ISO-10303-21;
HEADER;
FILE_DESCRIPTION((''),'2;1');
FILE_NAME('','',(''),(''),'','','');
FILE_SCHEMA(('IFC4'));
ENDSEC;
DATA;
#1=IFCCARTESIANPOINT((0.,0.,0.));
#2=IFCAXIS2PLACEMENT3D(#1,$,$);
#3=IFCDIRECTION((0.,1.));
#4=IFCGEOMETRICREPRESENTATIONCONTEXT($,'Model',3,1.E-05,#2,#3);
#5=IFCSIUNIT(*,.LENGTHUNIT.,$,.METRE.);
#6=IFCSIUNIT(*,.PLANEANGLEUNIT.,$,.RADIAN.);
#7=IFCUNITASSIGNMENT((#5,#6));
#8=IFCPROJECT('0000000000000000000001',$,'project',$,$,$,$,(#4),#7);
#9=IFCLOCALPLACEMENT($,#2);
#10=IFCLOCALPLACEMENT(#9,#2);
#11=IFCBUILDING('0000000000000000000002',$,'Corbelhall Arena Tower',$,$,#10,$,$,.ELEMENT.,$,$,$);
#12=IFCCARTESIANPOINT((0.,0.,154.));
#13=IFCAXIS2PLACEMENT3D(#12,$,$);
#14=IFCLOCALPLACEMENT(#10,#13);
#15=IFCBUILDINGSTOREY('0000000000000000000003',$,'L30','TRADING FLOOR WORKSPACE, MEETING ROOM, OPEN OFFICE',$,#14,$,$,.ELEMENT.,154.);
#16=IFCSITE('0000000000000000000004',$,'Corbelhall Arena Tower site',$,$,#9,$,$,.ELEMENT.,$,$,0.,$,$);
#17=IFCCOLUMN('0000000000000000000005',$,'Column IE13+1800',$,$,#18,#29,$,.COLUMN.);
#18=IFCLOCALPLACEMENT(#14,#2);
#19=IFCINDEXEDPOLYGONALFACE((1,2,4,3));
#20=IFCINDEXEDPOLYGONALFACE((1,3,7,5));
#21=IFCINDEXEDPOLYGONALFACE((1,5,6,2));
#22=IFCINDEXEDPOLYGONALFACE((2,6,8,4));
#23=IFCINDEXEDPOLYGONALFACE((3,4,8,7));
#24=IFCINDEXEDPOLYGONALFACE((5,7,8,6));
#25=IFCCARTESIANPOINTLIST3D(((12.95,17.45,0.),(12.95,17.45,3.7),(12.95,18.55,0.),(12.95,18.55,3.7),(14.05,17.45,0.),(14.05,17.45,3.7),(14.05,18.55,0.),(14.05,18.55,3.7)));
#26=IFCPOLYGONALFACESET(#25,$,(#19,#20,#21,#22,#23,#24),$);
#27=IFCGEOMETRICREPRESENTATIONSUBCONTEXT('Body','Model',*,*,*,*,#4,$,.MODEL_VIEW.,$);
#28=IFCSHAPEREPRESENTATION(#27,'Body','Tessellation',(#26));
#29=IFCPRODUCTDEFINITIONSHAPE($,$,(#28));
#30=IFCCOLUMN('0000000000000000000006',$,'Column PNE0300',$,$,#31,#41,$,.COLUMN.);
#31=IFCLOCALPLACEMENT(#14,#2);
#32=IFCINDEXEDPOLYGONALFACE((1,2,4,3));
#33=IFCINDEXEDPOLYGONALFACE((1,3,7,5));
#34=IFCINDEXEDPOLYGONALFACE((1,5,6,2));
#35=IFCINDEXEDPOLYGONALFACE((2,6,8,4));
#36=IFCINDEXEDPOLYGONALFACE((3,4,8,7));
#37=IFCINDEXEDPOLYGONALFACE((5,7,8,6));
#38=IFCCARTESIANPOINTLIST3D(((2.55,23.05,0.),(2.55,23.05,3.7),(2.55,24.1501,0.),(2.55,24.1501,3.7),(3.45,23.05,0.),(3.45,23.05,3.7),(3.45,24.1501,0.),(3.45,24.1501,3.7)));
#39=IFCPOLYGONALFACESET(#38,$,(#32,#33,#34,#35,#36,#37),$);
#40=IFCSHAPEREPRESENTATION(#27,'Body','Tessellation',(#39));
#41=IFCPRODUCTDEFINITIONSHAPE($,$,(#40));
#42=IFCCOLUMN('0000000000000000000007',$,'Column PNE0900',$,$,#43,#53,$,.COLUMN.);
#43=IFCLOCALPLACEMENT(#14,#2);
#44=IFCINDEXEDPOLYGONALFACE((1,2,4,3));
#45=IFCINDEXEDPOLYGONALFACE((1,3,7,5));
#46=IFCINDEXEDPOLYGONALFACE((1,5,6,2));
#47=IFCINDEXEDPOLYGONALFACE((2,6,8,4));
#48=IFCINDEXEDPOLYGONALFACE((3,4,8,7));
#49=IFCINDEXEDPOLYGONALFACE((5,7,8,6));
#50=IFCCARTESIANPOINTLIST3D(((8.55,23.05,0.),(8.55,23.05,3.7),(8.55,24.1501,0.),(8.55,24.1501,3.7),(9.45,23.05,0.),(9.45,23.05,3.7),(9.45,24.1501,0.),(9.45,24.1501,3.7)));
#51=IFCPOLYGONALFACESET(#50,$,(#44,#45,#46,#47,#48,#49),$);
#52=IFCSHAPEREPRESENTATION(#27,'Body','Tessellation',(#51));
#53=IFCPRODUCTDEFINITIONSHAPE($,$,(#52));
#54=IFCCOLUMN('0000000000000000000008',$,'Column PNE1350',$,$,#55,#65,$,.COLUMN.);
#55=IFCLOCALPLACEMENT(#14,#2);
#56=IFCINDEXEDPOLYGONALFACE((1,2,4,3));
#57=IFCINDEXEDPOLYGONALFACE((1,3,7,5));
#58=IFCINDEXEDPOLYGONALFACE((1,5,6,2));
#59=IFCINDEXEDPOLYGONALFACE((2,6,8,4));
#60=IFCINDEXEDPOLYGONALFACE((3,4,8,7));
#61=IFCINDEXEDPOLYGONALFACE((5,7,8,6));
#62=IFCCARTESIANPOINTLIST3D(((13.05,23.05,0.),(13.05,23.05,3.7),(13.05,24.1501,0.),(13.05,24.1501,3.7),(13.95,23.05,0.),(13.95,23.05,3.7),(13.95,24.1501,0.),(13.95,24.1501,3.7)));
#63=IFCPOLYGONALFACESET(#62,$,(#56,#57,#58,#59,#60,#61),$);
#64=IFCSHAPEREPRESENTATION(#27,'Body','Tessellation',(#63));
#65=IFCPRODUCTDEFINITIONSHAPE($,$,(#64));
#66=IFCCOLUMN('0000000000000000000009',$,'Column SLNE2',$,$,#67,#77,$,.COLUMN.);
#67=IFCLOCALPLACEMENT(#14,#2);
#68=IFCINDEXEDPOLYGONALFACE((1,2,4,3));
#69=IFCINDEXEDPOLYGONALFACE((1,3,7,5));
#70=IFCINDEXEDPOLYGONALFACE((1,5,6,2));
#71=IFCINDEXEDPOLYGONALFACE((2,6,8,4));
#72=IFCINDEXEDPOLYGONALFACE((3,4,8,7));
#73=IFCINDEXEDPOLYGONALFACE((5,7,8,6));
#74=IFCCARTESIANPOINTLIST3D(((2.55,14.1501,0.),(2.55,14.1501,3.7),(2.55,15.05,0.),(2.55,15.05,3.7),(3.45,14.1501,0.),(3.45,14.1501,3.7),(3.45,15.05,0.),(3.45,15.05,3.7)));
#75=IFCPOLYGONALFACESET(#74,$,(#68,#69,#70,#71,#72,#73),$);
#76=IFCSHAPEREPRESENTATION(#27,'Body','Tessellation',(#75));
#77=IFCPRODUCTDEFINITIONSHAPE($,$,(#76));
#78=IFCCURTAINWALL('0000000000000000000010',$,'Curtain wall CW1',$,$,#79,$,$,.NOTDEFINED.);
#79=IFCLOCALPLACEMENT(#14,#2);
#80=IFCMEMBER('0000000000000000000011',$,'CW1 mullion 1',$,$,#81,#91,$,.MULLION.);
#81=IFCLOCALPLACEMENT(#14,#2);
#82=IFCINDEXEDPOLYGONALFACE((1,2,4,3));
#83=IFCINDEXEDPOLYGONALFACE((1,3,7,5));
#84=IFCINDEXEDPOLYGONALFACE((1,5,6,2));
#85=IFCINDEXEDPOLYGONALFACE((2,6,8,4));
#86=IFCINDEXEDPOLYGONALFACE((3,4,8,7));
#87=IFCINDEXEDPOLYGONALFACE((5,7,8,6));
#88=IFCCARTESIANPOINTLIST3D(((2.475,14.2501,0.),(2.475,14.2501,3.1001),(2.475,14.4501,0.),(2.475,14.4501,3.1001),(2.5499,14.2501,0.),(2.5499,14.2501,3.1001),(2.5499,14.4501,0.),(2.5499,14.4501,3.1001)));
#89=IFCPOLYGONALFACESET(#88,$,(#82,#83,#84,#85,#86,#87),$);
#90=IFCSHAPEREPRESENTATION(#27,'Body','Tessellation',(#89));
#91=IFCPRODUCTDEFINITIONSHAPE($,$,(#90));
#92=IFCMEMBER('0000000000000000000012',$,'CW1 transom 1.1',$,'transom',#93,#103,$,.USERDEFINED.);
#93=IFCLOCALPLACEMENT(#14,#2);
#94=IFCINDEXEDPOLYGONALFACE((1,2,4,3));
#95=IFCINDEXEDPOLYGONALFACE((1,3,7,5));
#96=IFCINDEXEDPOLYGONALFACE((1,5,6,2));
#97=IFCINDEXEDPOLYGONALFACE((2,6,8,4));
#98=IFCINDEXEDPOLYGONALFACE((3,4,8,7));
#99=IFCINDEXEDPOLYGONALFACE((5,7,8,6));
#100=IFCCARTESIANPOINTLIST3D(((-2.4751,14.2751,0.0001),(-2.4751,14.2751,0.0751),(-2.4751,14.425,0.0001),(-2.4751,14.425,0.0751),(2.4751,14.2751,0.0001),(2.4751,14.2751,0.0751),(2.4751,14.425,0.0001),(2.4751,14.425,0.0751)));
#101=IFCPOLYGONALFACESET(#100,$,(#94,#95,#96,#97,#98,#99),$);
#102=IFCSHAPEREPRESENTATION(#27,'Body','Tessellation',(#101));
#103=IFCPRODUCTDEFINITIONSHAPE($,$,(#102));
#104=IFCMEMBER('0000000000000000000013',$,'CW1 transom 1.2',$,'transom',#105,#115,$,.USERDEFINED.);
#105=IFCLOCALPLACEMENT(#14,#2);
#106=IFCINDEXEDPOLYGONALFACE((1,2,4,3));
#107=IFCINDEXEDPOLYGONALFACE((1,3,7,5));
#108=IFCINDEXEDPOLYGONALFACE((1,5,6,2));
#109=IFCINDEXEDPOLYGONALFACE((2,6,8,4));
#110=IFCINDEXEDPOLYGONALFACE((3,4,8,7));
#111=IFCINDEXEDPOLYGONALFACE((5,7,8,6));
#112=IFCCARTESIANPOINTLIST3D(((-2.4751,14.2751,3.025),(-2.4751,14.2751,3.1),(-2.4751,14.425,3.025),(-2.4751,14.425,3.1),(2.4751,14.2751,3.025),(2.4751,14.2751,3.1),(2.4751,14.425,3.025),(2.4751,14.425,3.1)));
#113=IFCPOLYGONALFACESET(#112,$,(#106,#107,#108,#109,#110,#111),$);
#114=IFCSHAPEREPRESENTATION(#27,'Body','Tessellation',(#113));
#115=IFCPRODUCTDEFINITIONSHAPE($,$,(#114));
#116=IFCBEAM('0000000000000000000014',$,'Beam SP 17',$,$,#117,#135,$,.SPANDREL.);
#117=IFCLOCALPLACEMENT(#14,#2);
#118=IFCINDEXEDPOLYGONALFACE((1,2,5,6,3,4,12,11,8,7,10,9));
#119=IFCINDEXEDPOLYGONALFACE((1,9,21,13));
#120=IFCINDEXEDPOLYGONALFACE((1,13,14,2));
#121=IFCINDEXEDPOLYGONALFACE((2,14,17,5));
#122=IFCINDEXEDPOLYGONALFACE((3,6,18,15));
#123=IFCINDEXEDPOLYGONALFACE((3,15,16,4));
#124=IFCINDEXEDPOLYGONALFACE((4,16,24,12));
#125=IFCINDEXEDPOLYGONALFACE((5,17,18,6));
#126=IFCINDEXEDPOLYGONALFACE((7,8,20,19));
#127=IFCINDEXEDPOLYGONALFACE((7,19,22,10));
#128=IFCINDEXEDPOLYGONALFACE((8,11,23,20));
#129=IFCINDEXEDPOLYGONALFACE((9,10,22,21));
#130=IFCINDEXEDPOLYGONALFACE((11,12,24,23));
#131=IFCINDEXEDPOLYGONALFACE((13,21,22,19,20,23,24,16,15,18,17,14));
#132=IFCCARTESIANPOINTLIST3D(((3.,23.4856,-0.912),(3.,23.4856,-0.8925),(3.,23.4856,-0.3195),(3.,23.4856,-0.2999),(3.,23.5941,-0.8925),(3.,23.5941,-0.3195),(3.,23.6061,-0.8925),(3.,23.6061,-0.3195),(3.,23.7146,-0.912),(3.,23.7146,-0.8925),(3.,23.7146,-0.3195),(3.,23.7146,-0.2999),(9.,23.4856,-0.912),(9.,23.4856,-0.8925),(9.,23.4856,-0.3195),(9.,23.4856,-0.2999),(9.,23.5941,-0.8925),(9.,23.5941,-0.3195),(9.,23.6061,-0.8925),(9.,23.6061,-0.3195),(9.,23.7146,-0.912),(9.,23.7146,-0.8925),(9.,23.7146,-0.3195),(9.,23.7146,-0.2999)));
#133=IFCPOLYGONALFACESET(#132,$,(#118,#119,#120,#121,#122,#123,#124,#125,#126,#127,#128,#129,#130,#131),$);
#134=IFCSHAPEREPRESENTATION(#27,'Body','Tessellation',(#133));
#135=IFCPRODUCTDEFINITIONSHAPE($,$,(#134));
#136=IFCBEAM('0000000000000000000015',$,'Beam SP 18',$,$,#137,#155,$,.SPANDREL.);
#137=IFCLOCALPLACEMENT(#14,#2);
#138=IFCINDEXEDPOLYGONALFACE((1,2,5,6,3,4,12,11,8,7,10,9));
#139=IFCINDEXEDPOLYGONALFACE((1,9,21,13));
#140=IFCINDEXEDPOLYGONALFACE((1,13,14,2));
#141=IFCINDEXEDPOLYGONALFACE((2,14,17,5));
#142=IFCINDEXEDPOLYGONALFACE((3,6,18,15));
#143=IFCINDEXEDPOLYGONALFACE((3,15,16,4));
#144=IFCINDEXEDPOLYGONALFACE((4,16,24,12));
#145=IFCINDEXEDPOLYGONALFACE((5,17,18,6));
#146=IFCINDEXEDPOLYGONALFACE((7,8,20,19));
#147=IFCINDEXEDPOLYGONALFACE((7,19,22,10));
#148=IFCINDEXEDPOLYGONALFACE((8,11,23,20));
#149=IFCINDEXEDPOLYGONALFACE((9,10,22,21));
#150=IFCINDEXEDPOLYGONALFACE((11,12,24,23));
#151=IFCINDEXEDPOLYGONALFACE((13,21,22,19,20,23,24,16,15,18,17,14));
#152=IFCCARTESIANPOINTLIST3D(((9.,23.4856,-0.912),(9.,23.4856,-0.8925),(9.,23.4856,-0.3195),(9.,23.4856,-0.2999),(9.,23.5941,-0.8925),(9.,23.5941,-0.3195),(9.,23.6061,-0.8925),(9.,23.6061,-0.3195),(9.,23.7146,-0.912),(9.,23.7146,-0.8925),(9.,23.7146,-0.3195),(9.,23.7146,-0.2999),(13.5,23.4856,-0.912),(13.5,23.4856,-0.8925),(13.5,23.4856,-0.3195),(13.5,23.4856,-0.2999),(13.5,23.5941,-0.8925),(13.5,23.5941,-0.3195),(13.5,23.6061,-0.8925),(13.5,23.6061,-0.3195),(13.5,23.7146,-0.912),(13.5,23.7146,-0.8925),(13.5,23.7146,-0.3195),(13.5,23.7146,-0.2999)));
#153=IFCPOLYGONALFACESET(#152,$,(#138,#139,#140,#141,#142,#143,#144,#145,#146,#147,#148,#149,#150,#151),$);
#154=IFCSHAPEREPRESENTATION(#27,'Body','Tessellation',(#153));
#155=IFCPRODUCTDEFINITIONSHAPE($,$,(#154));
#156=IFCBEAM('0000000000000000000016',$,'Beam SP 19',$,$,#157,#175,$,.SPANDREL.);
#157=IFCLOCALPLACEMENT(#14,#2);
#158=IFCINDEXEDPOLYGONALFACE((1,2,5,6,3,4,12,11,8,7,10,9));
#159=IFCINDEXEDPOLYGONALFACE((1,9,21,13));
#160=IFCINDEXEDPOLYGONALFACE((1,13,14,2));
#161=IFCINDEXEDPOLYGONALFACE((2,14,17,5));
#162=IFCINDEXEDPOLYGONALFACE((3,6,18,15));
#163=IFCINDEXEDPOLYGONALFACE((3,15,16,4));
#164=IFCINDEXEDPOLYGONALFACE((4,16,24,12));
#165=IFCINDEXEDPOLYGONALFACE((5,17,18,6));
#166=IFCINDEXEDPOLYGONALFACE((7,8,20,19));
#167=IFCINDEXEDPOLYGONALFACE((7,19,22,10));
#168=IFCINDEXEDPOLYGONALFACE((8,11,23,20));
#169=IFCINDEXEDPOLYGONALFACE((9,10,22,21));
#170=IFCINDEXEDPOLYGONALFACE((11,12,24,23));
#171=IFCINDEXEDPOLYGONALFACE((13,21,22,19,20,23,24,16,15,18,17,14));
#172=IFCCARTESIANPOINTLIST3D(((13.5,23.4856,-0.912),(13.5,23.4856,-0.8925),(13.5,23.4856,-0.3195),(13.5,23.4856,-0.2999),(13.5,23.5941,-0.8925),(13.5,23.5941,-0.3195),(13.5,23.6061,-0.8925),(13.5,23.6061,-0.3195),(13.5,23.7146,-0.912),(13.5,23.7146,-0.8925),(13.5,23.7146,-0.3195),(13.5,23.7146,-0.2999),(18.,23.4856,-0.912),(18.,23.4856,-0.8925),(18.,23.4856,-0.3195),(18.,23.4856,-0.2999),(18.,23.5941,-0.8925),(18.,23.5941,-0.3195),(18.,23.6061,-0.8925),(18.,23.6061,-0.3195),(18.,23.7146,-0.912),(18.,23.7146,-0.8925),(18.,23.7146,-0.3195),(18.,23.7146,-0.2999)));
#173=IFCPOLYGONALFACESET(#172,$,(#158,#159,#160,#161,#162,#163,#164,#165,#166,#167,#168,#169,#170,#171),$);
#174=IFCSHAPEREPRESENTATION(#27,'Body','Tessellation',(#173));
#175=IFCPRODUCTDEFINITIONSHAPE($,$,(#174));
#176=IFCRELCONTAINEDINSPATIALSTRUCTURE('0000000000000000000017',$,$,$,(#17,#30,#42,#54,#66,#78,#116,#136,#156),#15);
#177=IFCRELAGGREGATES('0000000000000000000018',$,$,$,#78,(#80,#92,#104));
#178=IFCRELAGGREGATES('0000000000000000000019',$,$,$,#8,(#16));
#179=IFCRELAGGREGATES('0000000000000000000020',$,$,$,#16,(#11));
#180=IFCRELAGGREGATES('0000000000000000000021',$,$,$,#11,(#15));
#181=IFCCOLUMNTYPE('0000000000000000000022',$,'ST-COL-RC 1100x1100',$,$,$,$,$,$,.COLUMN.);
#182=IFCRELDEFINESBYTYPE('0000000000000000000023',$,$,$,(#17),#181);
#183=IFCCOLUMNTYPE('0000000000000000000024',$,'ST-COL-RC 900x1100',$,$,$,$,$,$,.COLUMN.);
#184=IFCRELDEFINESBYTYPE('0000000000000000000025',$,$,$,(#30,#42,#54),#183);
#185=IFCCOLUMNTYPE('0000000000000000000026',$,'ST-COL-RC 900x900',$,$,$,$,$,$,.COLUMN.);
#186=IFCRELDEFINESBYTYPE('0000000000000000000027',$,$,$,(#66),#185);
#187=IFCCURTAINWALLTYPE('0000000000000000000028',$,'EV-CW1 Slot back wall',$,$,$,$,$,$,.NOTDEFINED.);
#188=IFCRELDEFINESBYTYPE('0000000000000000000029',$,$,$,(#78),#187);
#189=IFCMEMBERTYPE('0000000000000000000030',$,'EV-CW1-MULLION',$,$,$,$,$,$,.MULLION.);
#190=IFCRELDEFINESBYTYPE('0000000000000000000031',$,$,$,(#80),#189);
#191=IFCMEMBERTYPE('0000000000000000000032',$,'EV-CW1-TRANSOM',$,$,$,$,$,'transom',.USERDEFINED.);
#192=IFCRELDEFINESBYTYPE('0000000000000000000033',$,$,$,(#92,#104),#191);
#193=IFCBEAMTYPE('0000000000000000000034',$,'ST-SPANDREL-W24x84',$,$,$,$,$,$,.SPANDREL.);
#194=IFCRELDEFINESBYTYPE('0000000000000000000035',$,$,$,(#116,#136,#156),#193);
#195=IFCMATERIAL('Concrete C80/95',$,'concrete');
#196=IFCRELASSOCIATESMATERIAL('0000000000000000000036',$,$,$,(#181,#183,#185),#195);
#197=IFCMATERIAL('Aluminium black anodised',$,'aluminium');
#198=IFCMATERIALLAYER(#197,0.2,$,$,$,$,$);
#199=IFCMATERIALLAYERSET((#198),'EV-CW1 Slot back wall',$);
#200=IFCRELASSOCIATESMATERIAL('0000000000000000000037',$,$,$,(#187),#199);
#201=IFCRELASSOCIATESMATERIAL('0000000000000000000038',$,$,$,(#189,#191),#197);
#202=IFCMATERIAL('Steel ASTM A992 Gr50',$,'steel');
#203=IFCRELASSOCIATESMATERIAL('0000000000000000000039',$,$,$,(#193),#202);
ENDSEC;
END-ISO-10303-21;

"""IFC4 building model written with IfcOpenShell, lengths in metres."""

from ifc_helpers import new_model, si_unit, direction, frame, origin, origin_2d, place, context, subcontext, project, spatial, rectangle, i_section, extrude, material, layer, layer_set, material_profile, profile_set, type_object, element, aggregate, save


model = new_model("IFC4")

# Units and contexts
model_context = context("Model", 3, precision=1e-05, world=origin(), true_north=direction((0.0, 1.0)))
body_context = subcontext(model_context, "Body", "Model", "MODEL_VIEW")
ifc_project = project(units=[si_unit("LENGTHUNIT", "METRE"), si_unit("PLANEANGLEUNIT", "RADIAN")], contexts=[model_context])

# Site, building, storey
site_placement = place(None, origin())
site = spatial("IfcSite", under=ifc_project, at=site_placement, Name="Corbelhall Arena Tower site", CompositionType="ELEMENT", RefElevation=0.0)
building_placement = place(site_placement, origin())
building = spatial("IfcBuilding", under=site, at=building_placement, Name="Corbelhall Arena Tower", CompositionType="ELEMENT")
storey_placement = place(building_placement, frame((0.0, 0.0, 154.0)))
storey = spatial("IfcBuildingStorey", under=building, at=storey_placement, Name="L30", Description="TRADING FLOOR WORKSPACE, MEETING ROOM, OPEN OFFICE", CompositionType="ELEMENT", Elevation=154.0)

# Columns
ifc_material_1 = material(Name="Concrete C80/95", Category="concrete")
ifc_material_profile_1 = material_profile(ifc_material_1, rectangle(XDim=1.1001, YDim=1.1001, at=origin_2d()))
ifc_profile_set_1 = profile_set([ifc_material_profile_1], Name="Concrete C80/95")
column_type_1 = type_object("IfcColumnType", Name="ST-COL-RC 1100x1100", PredefinedType="COLUMN", material=ifc_profile_set_1)
column_1_placement = place(storey_placement, frame((13.5, 18.0, 0.0), z_axis=(0.0, 0.0, 1.0), x_axis=(1.0, 0.0, 0.0)))
element("IfcColumn", 1, at=column_1_placement, inside=storey, type_object=column_type_1, Name="Column IE13+1800", PredefinedType="COLUMN", context=body_context, shape_type="SweptSolid", body=[
    extrude(rectangle(XDim=1.1001, YDim=1.1001, at=origin_2d()), origin(), (0.0, 0.0, 1.0), 3.7),
])
ifc_material_profile_2 = material_profile(ifc_material_1, rectangle(XDim=0.8999, YDim=1.1001, at=origin_2d()))
ifc_profile_set_2 = profile_set([ifc_material_profile_2], Name="Concrete C80/95")
column_type_2 = type_object("IfcColumnType", Name="ST-COL-RC 900x1100", PredefinedType="COLUMN", material=ifc_profile_set_2)
for number, where, z_axis, x_axis, name in (
    (2, (3.0, 23.6001, 0.0), (0.0, 0.0, 1.0), (1.0, 0.0, 0.0), "Column PNE0300"),
    (3, (9.0, 23.6001, 0.0), (0.0, 0.0, 1.0), (1.0, 0.0, 0.0), "Column PNE0900"),
    (4, (13.5, 23.6001, 0.0), (0.0, 0.0, 1.0), (1.0, 0.0, 0.0), "Column PNE1350"),
):
    element("IfcColumn", number, at=place(storey_placement, frame(where, z_axis=z_axis, x_axis=x_axis)), inside=storey, type_object=column_type_2, Name=name, PredefinedType="COLUMN", context=body_context, shape_type="SweptSolid", body=[
        extrude(rectangle(XDim=0.8999, YDim=1.1001, at=origin_2d()), origin(), (0.0, 0.0, 1.0), 3.7),
    ])
ifc_material_profile_3 = material_profile(ifc_material_1, rectangle(XDim=0.8999, YDim=0.8999, at=origin_2d()))
ifc_profile_set_3 = profile_set([ifc_material_profile_3], Name="Concrete C80/95")
column_type_3 = type_object("IfcColumnType", Name="ST-COL-RC 900x900", PredefinedType="COLUMN", material=ifc_profile_set_3)
column_2_placement = place(storey_placement, frame((3.0, 14.6001, 0.0), z_axis=(0.0, 0.0, 1.0), x_axis=(1.0, 0.0, 0.0)))
element("IfcColumn", 5, at=column_2_placement, inside=storey, type_object=column_type_3, Name="Column SLNE2", PredefinedType="COLUMN", context=body_context, shape_type="SweptSolid", body=[
    extrude(rectangle(XDim=0.8999, YDim=0.8999, at=origin_2d()), origin(), (0.0, 0.0, 1.0), 3.7),
])

# Curtain wall, members
ifc_material_2 = material(Name="Aluminium black anodised", Category="aluminium")
ifc_layer_1 = layer(ifc_material_2, 0.2)
ifc_layer_set_1 = layer_set([ifc_layer_1], Name="EV-CW1 Slot back wall")
curtain_wall_type = type_object("IfcCurtainWallType", Name="EV-CW1 Slot back wall", PredefinedType="NOTDEFINED", material=ifc_layer_set_1)
curtain_wall_placement = place(storey_placement, origin())
curtain_wall = element("IfcCurtainWall", 6, at=curtain_wall_placement, inside=storey, type_object=curtain_wall_type, Name="Curtain wall CW1", PredefinedType="NOTDEFINED")
ifc_material_profile_4 = material_profile(ifc_material_2, rectangle(XDim=0.2, YDim=0.075, at=origin_2d()))
ifc_profile_set_4 = profile_set([ifc_material_profile_4], Name="Aluminium black anodised")
member_type_1 = type_object("IfcMemberType", Name="EV-CW1-MULLION", PredefinedType="MULLION", material=ifc_profile_set_4)
member_1_placement = place(storey_placement, frame((2.5125, 14.3501, 0.0), z_axis=(0.0, 0.0, 1.0), x_axis=(0.0, -1.0, 0.0)))
member_1 = element("IfcMember", 7, at=member_1_placement, type_object=member_type_1, Name="CW1 mullion 1", PredefinedType="MULLION", context=body_context, shape_type="SweptSolid", body=[
    extrude(rectangle(XDim=0.2, YDim=0.075, at=origin_2d()), origin(), (0.0, 0.0, 1.0), 3.1001),
])
ifc_material_profile_5 = material_profile(ifc_material_2, rectangle(XDim=0.1499, YDim=0.075, at=origin_2d()))
ifc_profile_set_5 = profile_set([ifc_material_profile_5], Name="Aluminium black anodised")
member_type_2 = type_object("IfcMemberType", Name="EV-CW1-TRANSOM", ElementType="transom", PredefinedType="USERDEFINED", material=ifc_profile_set_5)
member_2_placement = place(storey_placement, frame((2.4751, 14.3501, 0.0376), z_axis=(-1.0, 0.0, 0.0), x_axis=(0.0, -1.0, 0.0)))
member_2 = element("IfcMember", 8, at=member_2_placement, type_object=member_type_2, Name="CW1 transom 1.1", ObjectType="transom", PredefinedType="USERDEFINED", context=body_context, shape_type="SweptSolid", body=[
    extrude(rectangle(XDim=0.1499, YDim=0.075, at=origin_2d()), origin(), (0.0, 0.0, 1.0), 4.9502),
])
member_3_placement = place(storey_placement, frame((2.4751, 14.3501, 3.0625), z_axis=(-1.0, 0.0, 0.0), x_axis=(0.0, -1.0, 0.0)))
member_3 = element("IfcMember", 9, at=member_3_placement, type_object=member_type_2, Name="CW1 transom 1.2", ObjectType="transom", PredefinedType="USERDEFINED", context=body_context, shape_type="SweptSolid", body=[
    extrude(rectangle(XDim=0.1499, YDim=0.075, at=origin_2d()), origin(), (0.0, 0.0, 1.0), 4.9502),
])

# Beams
ifc_material_3 = material(Name="Steel ASTM A992 Gr50", Category="steel")
ifc_material_profile_6 = material_profile(ifc_material_3, i_section(OverallWidth=0.229, OverallDepth=0.6121, WebThickness=0.012, FlangeThickness=0.0195, at=origin_2d()))
ifc_profile_set_6 = profile_set([ifc_material_profile_6], Name="Steel ASTM A992 Gr50")
beam_type_1 = type_object("IfcBeamType", Name="ST-SPANDREL-W24x84", PredefinedType="SPANDREL", material=ifc_profile_set_6)
beam_1_placement = place(storey_placement, frame((3.0, 23.6001, -0.606), z_axis=(1.0, 0.0, 0.0), x_axis=(0.0, 1.0, 0.0)))
element("IfcBeam", 10, at=beam_1_placement, inside=storey, type_object=beam_type_1, Name="Beam SP 17", PredefinedType="SPANDREL", context=body_context, shape_type="SweptSolid", body=[
    extrude(i_section(OverallWidth=0.229, OverallDepth=0.6121, WebThickness=0.012, FlangeThickness=0.0195, at=origin_2d()), origin(), (0.0, 0.0, 1.0), 6.0),
])
for number, where, z_axis, x_axis, name in (
    (11, (9.0, 23.6001, -0.606), (1.0, 0.0, 0.0), (0.0, 1.0, 0.0), "Beam SP 18"),
    (12, (13.5, 23.6001, -0.606), (1.0, 0.0, 0.0), (0.0, 1.0, 0.0), "Beam SP 19"),
):
    element("IfcBeam", number, at=place(storey_placement, frame(where, z_axis=z_axis, x_axis=x_axis)), inside=storey, type_object=beam_type_1, Name=name, PredefinedType="SPANDREL", context=body_context, shape_type="SweptSolid", body=[
        extrude(i_section(OverallWidth=0.229, OverallDepth=0.6121, WebThickness=0.012, FlangeThickness=0.0195, at=origin_2d()), origin(), (0.0, 0.0, 1.0), 4.5),
    ])

aggregate(curtain_wall, [member_1, member_2, member_3])

save(model, "model.ifc")
